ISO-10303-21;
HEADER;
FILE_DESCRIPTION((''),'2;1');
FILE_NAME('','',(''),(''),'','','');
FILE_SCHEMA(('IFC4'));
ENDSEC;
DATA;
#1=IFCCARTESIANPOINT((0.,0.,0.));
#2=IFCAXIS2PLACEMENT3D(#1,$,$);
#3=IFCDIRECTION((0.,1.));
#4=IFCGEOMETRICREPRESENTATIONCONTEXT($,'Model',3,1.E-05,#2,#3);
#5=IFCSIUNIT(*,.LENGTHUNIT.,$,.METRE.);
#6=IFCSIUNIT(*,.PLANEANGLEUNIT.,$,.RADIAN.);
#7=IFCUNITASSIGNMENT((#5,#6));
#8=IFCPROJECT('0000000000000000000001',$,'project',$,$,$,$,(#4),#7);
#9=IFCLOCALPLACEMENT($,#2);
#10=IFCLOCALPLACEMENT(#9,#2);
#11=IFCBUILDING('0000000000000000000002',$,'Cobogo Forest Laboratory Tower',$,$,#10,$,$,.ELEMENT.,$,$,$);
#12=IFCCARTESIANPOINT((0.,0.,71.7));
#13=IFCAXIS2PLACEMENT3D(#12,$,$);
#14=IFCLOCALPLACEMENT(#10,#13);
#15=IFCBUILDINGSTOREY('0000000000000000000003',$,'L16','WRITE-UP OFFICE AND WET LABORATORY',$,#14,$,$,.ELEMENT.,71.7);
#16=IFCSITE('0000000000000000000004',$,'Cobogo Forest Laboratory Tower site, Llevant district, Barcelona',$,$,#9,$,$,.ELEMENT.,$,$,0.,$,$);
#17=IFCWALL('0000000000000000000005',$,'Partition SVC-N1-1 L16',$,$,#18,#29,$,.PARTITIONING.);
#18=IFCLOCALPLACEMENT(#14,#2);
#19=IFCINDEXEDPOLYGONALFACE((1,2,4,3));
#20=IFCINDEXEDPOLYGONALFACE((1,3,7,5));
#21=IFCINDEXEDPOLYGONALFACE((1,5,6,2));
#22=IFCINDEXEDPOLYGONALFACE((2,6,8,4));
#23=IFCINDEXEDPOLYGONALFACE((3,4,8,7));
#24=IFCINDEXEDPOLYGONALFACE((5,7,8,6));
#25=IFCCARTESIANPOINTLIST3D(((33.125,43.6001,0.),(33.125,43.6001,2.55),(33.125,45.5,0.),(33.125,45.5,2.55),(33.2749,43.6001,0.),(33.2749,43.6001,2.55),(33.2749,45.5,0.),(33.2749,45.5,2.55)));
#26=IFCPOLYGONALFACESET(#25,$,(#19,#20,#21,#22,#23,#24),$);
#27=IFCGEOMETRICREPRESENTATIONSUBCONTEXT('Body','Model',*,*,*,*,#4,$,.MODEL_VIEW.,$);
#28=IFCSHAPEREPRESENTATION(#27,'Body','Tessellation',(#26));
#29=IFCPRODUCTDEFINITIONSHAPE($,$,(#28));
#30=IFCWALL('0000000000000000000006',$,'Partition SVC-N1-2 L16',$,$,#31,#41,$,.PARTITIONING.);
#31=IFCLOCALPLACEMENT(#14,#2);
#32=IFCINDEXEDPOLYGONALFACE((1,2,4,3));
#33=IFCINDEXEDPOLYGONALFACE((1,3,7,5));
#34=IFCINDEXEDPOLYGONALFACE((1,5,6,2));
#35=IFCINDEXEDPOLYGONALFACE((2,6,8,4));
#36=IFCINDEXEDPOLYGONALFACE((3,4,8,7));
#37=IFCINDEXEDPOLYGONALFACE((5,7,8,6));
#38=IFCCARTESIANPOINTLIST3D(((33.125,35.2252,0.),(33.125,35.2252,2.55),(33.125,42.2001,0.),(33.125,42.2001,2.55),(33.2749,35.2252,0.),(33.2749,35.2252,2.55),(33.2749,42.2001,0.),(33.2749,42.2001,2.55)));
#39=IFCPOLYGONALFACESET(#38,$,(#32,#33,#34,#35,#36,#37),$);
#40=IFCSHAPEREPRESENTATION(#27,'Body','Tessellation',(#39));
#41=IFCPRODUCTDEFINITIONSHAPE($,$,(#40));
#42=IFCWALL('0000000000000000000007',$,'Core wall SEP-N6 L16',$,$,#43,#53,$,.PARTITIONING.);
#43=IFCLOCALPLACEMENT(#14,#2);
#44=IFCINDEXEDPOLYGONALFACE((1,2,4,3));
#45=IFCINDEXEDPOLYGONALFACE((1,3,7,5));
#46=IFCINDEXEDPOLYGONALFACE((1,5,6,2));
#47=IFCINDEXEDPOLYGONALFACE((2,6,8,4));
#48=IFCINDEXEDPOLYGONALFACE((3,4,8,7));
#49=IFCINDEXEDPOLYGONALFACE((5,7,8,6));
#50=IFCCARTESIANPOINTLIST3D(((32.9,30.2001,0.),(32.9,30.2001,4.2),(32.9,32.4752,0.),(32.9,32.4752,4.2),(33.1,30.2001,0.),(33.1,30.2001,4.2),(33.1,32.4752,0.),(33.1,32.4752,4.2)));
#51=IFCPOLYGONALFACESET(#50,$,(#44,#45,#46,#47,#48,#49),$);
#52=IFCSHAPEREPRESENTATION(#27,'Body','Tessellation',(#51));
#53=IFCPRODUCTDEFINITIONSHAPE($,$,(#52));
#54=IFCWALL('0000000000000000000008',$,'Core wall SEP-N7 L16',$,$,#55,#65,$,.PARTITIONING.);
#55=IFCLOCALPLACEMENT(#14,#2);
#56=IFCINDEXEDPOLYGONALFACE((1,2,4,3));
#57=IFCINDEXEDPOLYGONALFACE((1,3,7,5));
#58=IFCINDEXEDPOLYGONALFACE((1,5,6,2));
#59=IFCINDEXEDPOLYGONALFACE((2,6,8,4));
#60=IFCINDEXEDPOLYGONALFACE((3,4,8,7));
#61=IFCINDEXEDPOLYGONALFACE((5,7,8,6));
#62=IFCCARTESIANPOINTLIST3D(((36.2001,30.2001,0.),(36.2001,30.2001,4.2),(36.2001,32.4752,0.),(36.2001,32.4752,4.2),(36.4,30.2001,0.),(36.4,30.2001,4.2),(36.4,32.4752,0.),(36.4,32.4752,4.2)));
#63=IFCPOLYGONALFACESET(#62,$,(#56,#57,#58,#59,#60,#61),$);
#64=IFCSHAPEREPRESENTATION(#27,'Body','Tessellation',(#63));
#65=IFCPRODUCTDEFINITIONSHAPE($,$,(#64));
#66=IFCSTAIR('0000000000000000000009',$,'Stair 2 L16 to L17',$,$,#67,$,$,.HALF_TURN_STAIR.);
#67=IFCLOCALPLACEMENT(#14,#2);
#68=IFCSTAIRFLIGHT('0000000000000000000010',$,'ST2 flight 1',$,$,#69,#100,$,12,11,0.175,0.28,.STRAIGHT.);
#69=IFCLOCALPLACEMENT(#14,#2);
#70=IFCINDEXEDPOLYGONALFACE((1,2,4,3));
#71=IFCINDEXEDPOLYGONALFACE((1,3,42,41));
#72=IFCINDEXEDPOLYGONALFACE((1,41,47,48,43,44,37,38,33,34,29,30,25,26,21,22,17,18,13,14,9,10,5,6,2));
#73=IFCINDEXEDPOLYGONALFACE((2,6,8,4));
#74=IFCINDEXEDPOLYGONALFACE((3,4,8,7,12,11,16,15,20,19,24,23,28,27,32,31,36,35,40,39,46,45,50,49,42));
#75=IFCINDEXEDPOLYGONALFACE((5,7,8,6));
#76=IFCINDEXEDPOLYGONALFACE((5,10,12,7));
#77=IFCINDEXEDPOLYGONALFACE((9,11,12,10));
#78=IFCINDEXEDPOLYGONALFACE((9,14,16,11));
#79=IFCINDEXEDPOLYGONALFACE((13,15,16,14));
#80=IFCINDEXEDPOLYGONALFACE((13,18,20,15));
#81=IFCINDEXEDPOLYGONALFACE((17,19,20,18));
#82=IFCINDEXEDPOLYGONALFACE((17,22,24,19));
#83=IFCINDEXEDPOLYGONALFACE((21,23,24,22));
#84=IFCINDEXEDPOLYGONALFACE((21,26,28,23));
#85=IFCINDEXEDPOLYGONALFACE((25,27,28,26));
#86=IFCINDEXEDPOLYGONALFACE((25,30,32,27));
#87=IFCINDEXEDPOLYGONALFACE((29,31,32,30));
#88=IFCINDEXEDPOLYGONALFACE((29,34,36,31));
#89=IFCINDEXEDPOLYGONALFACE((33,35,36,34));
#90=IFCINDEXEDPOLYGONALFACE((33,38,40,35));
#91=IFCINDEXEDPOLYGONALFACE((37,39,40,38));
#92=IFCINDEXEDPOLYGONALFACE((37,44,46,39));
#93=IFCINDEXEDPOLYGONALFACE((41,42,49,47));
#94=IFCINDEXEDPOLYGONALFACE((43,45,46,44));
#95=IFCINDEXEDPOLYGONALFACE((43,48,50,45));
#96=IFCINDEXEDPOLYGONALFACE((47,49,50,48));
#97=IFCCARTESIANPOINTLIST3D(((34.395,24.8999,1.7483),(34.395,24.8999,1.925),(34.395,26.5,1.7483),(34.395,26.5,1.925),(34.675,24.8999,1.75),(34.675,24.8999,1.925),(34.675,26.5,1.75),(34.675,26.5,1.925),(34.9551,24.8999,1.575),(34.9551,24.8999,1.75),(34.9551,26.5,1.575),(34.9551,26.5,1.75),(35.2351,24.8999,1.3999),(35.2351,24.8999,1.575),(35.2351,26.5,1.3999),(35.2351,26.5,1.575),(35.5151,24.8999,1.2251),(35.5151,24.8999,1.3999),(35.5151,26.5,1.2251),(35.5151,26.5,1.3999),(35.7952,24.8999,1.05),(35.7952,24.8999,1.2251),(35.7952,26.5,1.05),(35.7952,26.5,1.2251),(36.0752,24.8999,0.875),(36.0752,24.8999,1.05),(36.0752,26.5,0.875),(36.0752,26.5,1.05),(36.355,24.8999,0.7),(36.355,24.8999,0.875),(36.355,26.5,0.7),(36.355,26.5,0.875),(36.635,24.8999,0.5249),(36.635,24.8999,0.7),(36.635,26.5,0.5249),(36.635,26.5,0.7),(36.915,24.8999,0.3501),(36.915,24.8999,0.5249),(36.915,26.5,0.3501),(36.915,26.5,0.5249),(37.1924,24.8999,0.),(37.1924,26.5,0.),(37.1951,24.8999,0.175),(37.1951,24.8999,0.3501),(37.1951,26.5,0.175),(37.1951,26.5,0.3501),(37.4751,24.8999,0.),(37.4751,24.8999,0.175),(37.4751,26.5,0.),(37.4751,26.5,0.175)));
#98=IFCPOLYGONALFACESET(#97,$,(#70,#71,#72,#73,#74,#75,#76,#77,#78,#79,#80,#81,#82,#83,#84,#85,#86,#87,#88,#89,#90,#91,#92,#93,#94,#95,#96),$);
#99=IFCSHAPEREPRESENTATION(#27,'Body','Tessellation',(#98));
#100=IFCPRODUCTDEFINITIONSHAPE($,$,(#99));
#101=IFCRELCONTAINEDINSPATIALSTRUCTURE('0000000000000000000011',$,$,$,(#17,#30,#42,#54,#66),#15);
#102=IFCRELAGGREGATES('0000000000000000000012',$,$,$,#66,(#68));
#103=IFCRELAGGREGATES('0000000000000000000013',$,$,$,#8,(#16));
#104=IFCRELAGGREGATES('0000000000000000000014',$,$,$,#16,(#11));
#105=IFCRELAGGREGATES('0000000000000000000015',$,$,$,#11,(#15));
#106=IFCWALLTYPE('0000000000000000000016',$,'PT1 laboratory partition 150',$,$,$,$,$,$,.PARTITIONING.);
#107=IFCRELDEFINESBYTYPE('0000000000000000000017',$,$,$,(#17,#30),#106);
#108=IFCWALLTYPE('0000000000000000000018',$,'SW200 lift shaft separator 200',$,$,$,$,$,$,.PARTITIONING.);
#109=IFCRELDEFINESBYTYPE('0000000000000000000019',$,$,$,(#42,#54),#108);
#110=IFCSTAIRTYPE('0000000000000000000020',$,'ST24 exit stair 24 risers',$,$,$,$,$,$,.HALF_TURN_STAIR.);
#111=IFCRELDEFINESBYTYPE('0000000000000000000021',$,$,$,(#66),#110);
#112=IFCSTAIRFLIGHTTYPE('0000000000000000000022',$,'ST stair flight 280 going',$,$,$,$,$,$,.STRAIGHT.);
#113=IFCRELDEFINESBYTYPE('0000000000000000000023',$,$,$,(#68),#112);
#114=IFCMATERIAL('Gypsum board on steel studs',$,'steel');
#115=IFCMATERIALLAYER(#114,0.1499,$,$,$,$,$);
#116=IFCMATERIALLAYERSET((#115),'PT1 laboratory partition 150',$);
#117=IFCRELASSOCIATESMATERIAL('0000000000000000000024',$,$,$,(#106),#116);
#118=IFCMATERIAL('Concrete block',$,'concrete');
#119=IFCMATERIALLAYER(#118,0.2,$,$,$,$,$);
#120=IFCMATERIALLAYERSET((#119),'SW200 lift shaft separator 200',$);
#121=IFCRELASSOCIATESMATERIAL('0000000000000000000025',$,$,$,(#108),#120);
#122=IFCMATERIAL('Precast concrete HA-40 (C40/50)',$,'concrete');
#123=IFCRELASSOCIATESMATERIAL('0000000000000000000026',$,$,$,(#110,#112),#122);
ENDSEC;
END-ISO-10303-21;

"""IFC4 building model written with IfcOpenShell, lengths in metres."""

from ifc_helpers import new_model, si_unit, direction, frame, frame_2d, origin, place, context, subcontext, project, spatial, polyline, rectangle, outline, extrude, material, layer, layer_set, type_object, element, aggregate, save


model = new_model("IFC4")

# Units and contexts
model_context = context("Model", 3, precision=1e-05, world=origin(), true_north=direction((0.0, 1.0)))
body_context = subcontext(model_context, "Body", "Model", "MODEL_VIEW")
ifc_project = project(units=[si_unit("LENGTHUNIT", "METRE"), si_unit("PLANEANGLEUNIT", "RADIAN")], contexts=[model_context])

# Site, building, storey
site_placement = place(None, origin())
site = spatial("IfcSite", under=ifc_project, at=site_placement, Name="Cobogo Forest Laboratory Tower site, Llevant district, Barcelona", CompositionType="ELEMENT", RefElevation=0.0)
building_placement = place(site_placement, origin())
building = spatial("IfcBuilding", under=site, at=building_placement, Name="Cobogo Forest Laboratory Tower", CompositionType="ELEMENT")
storey_placement = place(building_placement, frame((0.0, 0.0, 71.7)))
storey = spatial("IfcBuildingStorey", under=building, at=storey_placement, Name="L16", Description="WRITE-UP OFFICE AND WET LABORATORY", CompositionType="ELEMENT", Elevation=71.7)

# Shared definitions
ifc_material_1 = material(Name="Gypsum board on steel studs", Category="steel")
ifc_layer_1 = layer(ifc_material_1, 0.1499)
ifc_layer_set_1 = layer_set([ifc_layer_1], Name="PT1 laboratory partition 150")
wall_type_1 = type_object("IfcWallType", Name="PT1 laboratory partition 150", PredefinedType="PARTITIONING", material=ifc_layer_set_1)

# Walls
wall_1_placement = place(storey_placement, frame((33.2, 45.5, 0.0), z_axis=(0.0, 0.0, 1.0), x_axis=(0.0, -1.0, 0.0)))
element("IfcWall", 1, at=wall_1_placement, inside=storey, type_object=wall_type_1, Name="Partition SVC-N1-1 L16", PredefinedType="PARTITIONING", context=body_context, shape_type="SweptSolid", body=[
    extrude(rectangle(XDim=1.8999, YDim=0.1499, at=frame_2d((0.95, 0.0))), origin(), (0.0, 0.0, 1.0), 2.55),
])
wall_2_placement = place(storey_placement, frame((33.2, 42.2, 0.0), z_axis=(0.0, 0.0, 1.0), x_axis=(0.0, -1.0, 0.0)))
element("IfcWall", 2, at=wall_2_placement, inside=storey, type_object=wall_type_1, Name="Partition SVC-N1-2 L16", PredefinedType="PARTITIONING", context=body_context, shape_type="SweptSolid", body=[
    extrude(rectangle(XDim=6.9749, YDim=0.1499, at=frame_2d((3.4873, 0.0))), origin(), (0.0, 0.0, 1.0), 2.55),
])
ifc_material_2 = material(Name="Concrete block", Category="concrete")
ifc_layer_2 = layer(ifc_material_2, 0.2)
ifc_layer_set_2 = layer_set([ifc_layer_2], Name="SW200 lift shaft separator 200")
wall_type_2 = type_object("IfcWallType", Name="SW200 lift shaft separator 200", PredefinedType="PARTITIONING", material=ifc_layer_set_2)
for number, where, z_axis, x_axis, name in (
    (3, (33.0, 30.2, 0.0), (0.0, 0.0, 1.0), (0.0, 1.0, 0.0), "Core wall SEP-N6 L16"),
    (4, (36.3, 30.2, 0.0), (0.0, 0.0, 1.0), (0.0, 1.0, 0.0), "Core wall SEP-N7 L16"),
):
    element("IfcWall", number, at=place(storey_placement, frame(where, z_axis=z_axis, x_axis=x_axis)), inside=storey, type_object=wall_type_2, Name=name, PredefinedType="PARTITIONING", context=body_context, shape_type="SweptSolid", body=[
        extrude(rectangle(XDim=2.2751, YDim=0.2, at=frame_2d((1.1377, 0.0))), origin(), (0.0, 0.0, 1.0), 4.2),
    ])

# Stair, stair flight
ifc_material_3 = material(Name="Precast concrete HA-40 (C40/50)", Category="concrete")
stair_type = type_object("IfcStairType", Name="ST24 exit stair 24 risers", PredefinedType="HALF_TURN_STAIR", material=ifc_material_3)
stair_placement = place(storey_placement, origin())
stair = element("IfcStair", 5, at=stair_placement, inside=storey, type_object=stair_type, Name="Stair 2 L16 to L17", PredefinedType="HALF_TURN_STAIR")
stair_flight_type = type_object("IfcStairFlightType", Name="ST stair flight 280 going", PredefinedType="STRAIGHT", material=ifc_material_3)
stair_flight_placement = place(storey_placement, frame((37.4751, 25.7, 0.0), z_axis=(0.0, 0.0, 1.0), x_axis=(-1.0, 0.0, 0.0)))
stair_flight = element("IfcStairFlight", 6, at=stair_flight_placement, type_object=stair_flight_type, Name="ST2 flight 1", NumberOfRisers=12, NumberOfTreads=11, PredefinedType="STRAIGHT", RiserHeight=0.175, TreadLength=0.28, context=body_context, shape_type="SweptSolid", body=[
    extrude(outline(polyline([(0.0, 0.0), (0.0, 0.175), (0.28, 0.175), (0.28, 0.3501), (0.5601, 0.3501), (0.5601, 0.5249), (0.8401, 0.5249), (0.8401, 0.7), (1.1201, 0.7), (1.1201, 0.875), (1.3999, 0.875), (1.3999, 1.05), (1.6799, 1.05), (1.6799, 1.2251), (1.96, 1.2251), (1.96, 1.3999), (2.24, 1.3999), (2.24, 1.575), (2.52, 1.575), (2.52, 1.75), (2.8, 1.75), (2.8, 1.925), (3.0801, 1.925), (3.0801, 2.1001), (3.0801, 1.7483), (0.2827, 0.0), (0.0, 0.0)])), frame((0.0, 0.8, 0.0), z_axis=(0.0, -1.0, 0.0), x_axis=(1.0, 0.0, 0.0)), (0.0, 0.0, 1.0), 1.6001),
])
aggregate(stair, [stair_flight])

save(model, "model.ifc")
